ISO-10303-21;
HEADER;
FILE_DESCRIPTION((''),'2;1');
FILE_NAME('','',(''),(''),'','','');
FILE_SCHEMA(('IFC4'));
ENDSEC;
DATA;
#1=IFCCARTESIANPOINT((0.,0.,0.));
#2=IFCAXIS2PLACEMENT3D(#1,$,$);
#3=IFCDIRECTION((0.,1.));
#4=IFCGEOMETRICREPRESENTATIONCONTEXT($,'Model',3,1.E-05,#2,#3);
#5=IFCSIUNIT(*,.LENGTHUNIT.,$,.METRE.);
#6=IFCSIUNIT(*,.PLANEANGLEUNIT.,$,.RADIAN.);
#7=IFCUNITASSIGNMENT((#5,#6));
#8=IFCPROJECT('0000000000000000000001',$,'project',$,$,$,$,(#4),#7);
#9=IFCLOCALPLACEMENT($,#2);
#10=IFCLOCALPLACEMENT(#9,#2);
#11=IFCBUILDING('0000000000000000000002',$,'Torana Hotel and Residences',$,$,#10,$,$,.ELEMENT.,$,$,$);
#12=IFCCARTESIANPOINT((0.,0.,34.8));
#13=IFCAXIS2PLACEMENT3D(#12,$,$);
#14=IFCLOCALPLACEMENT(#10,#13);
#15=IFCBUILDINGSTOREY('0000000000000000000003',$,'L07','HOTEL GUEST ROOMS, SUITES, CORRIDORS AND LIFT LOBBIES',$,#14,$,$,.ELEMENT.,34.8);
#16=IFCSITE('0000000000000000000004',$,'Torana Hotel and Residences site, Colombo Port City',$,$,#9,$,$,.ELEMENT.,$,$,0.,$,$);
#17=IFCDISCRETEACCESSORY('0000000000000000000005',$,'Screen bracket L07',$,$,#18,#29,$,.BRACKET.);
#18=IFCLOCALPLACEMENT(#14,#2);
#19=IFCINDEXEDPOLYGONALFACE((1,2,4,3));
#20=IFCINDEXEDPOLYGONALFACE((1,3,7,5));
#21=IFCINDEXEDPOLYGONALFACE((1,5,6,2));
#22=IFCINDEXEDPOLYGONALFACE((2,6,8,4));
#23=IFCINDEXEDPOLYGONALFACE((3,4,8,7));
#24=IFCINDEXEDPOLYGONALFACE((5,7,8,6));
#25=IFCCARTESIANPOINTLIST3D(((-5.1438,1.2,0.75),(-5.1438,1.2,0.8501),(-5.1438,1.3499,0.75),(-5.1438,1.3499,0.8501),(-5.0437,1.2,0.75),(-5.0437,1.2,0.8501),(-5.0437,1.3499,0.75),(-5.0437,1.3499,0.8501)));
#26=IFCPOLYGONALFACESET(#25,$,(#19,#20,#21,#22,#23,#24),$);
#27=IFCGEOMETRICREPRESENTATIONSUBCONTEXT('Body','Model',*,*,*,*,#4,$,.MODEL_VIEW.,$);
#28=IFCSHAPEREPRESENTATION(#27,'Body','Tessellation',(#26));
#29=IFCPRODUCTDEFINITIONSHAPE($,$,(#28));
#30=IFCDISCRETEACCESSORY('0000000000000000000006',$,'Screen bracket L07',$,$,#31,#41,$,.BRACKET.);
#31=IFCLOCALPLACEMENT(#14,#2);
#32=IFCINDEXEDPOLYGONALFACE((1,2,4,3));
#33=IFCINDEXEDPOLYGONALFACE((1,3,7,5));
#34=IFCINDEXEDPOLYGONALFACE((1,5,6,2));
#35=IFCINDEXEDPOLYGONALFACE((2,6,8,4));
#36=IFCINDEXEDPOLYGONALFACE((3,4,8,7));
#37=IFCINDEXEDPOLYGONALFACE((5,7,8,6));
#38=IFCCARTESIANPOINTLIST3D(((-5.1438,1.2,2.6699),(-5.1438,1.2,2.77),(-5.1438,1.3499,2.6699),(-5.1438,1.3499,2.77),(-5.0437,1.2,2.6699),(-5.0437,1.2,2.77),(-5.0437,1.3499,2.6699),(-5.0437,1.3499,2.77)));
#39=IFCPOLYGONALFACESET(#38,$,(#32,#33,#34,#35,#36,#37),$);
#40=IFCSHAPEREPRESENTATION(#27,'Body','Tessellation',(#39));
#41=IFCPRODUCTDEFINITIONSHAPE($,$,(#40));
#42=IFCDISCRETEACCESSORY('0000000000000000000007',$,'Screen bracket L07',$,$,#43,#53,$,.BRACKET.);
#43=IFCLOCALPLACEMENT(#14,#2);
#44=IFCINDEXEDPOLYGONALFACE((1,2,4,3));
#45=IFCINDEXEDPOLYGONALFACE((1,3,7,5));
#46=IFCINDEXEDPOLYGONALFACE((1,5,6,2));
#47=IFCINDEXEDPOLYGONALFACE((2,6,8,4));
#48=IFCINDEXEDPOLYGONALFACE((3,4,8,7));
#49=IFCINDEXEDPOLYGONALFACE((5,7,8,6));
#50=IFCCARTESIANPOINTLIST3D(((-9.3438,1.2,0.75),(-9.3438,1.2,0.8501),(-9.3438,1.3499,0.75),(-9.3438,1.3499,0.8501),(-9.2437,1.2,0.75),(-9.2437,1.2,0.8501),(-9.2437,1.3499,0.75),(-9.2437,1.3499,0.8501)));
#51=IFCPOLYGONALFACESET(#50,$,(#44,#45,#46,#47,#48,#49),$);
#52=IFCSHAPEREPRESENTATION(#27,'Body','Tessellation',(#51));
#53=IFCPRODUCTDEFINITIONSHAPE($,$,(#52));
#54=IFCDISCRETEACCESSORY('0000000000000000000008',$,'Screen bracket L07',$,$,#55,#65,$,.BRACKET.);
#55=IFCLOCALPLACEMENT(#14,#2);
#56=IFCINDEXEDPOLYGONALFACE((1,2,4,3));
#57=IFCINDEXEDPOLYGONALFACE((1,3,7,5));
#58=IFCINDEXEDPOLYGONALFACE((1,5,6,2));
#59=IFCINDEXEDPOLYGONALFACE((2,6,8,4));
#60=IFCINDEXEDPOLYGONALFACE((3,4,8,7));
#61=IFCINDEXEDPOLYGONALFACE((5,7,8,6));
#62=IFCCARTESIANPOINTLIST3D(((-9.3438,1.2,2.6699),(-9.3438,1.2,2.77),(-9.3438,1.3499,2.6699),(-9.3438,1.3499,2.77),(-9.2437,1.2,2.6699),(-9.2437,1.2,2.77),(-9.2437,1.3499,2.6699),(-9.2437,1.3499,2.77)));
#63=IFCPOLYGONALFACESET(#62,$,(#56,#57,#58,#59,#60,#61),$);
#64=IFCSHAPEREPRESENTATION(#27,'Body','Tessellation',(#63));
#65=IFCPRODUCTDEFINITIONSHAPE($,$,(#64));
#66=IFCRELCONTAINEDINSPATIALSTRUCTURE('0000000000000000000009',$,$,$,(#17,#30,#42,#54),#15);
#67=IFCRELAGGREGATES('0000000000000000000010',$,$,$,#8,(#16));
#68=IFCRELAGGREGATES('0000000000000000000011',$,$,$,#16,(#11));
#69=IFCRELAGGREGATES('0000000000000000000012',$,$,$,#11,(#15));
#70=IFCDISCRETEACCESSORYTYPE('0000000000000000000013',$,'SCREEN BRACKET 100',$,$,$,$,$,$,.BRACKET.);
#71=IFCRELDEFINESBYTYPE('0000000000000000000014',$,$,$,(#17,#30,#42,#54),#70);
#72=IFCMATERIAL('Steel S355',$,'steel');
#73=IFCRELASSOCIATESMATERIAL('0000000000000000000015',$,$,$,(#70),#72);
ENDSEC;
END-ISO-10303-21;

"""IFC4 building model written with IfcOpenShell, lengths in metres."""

from ifc_helpers import new_model, si_unit, direction, frame, origin, origin_2d, place, context, subcontext, project, spatial, rectangle, extrude, material, type_object, element, save


model = new_model("IFC4")

# Units and contexts
model_context = context("Model", 3, precision=1e-05, world=origin(), true_north=direction((0.0, 1.0)))
body_context = subcontext(model_context, "Body", "Model", "MODEL_VIEW")
ifc_project = project(units=[si_unit("LENGTHUNIT", "METRE"), si_unit("PLANEANGLEUNIT", "RADIAN")], contexts=[model_context])

# Site, building, storey
site_placement = place(None, origin())
site = spatial("IfcSite", under=ifc_project, at=site_placement, Name="Torana Hotel and Residences site, Colombo Port City", CompositionType="ELEMENT", RefElevation=0.0)
building_placement = place(site_placement, origin())
building = spatial("IfcBuilding", under=site, at=building_placement, Name="Torana Hotel and Residences", CompositionType="ELEMENT")
storey_placement = place(building_placement, frame((0.0, 0.0, 34.8)))
storey = spatial("IfcBuildingStorey", under=building, at=storey_placement, Name="L07", Description="HOTEL GUEST ROOMS, SUITES, CORRIDORS AND LIFT LOBBIES", CompositionType="ELEMENT", Elevation=34.8)

# Discrete accessories
ifc_material_1 = material(Name="Steel S355", Category="steel")
discrete_accessory_type = type_object("IfcDiscreteAccessoryType", Name="SCREEN BRACKET 100", PredefinedType="BRACKET", material=ifc_material_1)
for number, where, z_axis, x_axis, name in (
    (1, (-5.0938, 1.2749, 0.75), (0.0, 0.0, 1.0), (-1.0, 0.0, 0.0), "Screen bracket L07"),
    (2, (-5.0938, 1.2749, 2.6699), (0.0, 0.0, 1.0), (-1.0, 0.0, 0.0), "Screen bracket L07"),
    (3, (-9.2937, 1.2749, 0.75), (0.0, 0.0, 1.0), (-1.0, 0.0, 0.0), "Screen bracket L07"),
    (4, (-9.2937, 1.2749, 2.6699), (0.0, 0.0, 1.0), (-1.0, 0.0, 0.0), "Screen bracket L07"),
):
    element("IfcDiscreteAccessory", number, at=place(storey_placement, frame(where, z_axis=z_axis, x_axis=x_axis)), inside=storey, type_object=discrete_accessory_type, Name=name, PredefinedType="BRACKET", context=body_context, shape_type="SweptSolid", body=[
        extrude(rectangle(XDim=0.1001, YDim=0.1499, at=origin_2d()), origin(), (0.0, 0.0, 1.0), 0.1001),
    ])

save(model, "model.ifc")
